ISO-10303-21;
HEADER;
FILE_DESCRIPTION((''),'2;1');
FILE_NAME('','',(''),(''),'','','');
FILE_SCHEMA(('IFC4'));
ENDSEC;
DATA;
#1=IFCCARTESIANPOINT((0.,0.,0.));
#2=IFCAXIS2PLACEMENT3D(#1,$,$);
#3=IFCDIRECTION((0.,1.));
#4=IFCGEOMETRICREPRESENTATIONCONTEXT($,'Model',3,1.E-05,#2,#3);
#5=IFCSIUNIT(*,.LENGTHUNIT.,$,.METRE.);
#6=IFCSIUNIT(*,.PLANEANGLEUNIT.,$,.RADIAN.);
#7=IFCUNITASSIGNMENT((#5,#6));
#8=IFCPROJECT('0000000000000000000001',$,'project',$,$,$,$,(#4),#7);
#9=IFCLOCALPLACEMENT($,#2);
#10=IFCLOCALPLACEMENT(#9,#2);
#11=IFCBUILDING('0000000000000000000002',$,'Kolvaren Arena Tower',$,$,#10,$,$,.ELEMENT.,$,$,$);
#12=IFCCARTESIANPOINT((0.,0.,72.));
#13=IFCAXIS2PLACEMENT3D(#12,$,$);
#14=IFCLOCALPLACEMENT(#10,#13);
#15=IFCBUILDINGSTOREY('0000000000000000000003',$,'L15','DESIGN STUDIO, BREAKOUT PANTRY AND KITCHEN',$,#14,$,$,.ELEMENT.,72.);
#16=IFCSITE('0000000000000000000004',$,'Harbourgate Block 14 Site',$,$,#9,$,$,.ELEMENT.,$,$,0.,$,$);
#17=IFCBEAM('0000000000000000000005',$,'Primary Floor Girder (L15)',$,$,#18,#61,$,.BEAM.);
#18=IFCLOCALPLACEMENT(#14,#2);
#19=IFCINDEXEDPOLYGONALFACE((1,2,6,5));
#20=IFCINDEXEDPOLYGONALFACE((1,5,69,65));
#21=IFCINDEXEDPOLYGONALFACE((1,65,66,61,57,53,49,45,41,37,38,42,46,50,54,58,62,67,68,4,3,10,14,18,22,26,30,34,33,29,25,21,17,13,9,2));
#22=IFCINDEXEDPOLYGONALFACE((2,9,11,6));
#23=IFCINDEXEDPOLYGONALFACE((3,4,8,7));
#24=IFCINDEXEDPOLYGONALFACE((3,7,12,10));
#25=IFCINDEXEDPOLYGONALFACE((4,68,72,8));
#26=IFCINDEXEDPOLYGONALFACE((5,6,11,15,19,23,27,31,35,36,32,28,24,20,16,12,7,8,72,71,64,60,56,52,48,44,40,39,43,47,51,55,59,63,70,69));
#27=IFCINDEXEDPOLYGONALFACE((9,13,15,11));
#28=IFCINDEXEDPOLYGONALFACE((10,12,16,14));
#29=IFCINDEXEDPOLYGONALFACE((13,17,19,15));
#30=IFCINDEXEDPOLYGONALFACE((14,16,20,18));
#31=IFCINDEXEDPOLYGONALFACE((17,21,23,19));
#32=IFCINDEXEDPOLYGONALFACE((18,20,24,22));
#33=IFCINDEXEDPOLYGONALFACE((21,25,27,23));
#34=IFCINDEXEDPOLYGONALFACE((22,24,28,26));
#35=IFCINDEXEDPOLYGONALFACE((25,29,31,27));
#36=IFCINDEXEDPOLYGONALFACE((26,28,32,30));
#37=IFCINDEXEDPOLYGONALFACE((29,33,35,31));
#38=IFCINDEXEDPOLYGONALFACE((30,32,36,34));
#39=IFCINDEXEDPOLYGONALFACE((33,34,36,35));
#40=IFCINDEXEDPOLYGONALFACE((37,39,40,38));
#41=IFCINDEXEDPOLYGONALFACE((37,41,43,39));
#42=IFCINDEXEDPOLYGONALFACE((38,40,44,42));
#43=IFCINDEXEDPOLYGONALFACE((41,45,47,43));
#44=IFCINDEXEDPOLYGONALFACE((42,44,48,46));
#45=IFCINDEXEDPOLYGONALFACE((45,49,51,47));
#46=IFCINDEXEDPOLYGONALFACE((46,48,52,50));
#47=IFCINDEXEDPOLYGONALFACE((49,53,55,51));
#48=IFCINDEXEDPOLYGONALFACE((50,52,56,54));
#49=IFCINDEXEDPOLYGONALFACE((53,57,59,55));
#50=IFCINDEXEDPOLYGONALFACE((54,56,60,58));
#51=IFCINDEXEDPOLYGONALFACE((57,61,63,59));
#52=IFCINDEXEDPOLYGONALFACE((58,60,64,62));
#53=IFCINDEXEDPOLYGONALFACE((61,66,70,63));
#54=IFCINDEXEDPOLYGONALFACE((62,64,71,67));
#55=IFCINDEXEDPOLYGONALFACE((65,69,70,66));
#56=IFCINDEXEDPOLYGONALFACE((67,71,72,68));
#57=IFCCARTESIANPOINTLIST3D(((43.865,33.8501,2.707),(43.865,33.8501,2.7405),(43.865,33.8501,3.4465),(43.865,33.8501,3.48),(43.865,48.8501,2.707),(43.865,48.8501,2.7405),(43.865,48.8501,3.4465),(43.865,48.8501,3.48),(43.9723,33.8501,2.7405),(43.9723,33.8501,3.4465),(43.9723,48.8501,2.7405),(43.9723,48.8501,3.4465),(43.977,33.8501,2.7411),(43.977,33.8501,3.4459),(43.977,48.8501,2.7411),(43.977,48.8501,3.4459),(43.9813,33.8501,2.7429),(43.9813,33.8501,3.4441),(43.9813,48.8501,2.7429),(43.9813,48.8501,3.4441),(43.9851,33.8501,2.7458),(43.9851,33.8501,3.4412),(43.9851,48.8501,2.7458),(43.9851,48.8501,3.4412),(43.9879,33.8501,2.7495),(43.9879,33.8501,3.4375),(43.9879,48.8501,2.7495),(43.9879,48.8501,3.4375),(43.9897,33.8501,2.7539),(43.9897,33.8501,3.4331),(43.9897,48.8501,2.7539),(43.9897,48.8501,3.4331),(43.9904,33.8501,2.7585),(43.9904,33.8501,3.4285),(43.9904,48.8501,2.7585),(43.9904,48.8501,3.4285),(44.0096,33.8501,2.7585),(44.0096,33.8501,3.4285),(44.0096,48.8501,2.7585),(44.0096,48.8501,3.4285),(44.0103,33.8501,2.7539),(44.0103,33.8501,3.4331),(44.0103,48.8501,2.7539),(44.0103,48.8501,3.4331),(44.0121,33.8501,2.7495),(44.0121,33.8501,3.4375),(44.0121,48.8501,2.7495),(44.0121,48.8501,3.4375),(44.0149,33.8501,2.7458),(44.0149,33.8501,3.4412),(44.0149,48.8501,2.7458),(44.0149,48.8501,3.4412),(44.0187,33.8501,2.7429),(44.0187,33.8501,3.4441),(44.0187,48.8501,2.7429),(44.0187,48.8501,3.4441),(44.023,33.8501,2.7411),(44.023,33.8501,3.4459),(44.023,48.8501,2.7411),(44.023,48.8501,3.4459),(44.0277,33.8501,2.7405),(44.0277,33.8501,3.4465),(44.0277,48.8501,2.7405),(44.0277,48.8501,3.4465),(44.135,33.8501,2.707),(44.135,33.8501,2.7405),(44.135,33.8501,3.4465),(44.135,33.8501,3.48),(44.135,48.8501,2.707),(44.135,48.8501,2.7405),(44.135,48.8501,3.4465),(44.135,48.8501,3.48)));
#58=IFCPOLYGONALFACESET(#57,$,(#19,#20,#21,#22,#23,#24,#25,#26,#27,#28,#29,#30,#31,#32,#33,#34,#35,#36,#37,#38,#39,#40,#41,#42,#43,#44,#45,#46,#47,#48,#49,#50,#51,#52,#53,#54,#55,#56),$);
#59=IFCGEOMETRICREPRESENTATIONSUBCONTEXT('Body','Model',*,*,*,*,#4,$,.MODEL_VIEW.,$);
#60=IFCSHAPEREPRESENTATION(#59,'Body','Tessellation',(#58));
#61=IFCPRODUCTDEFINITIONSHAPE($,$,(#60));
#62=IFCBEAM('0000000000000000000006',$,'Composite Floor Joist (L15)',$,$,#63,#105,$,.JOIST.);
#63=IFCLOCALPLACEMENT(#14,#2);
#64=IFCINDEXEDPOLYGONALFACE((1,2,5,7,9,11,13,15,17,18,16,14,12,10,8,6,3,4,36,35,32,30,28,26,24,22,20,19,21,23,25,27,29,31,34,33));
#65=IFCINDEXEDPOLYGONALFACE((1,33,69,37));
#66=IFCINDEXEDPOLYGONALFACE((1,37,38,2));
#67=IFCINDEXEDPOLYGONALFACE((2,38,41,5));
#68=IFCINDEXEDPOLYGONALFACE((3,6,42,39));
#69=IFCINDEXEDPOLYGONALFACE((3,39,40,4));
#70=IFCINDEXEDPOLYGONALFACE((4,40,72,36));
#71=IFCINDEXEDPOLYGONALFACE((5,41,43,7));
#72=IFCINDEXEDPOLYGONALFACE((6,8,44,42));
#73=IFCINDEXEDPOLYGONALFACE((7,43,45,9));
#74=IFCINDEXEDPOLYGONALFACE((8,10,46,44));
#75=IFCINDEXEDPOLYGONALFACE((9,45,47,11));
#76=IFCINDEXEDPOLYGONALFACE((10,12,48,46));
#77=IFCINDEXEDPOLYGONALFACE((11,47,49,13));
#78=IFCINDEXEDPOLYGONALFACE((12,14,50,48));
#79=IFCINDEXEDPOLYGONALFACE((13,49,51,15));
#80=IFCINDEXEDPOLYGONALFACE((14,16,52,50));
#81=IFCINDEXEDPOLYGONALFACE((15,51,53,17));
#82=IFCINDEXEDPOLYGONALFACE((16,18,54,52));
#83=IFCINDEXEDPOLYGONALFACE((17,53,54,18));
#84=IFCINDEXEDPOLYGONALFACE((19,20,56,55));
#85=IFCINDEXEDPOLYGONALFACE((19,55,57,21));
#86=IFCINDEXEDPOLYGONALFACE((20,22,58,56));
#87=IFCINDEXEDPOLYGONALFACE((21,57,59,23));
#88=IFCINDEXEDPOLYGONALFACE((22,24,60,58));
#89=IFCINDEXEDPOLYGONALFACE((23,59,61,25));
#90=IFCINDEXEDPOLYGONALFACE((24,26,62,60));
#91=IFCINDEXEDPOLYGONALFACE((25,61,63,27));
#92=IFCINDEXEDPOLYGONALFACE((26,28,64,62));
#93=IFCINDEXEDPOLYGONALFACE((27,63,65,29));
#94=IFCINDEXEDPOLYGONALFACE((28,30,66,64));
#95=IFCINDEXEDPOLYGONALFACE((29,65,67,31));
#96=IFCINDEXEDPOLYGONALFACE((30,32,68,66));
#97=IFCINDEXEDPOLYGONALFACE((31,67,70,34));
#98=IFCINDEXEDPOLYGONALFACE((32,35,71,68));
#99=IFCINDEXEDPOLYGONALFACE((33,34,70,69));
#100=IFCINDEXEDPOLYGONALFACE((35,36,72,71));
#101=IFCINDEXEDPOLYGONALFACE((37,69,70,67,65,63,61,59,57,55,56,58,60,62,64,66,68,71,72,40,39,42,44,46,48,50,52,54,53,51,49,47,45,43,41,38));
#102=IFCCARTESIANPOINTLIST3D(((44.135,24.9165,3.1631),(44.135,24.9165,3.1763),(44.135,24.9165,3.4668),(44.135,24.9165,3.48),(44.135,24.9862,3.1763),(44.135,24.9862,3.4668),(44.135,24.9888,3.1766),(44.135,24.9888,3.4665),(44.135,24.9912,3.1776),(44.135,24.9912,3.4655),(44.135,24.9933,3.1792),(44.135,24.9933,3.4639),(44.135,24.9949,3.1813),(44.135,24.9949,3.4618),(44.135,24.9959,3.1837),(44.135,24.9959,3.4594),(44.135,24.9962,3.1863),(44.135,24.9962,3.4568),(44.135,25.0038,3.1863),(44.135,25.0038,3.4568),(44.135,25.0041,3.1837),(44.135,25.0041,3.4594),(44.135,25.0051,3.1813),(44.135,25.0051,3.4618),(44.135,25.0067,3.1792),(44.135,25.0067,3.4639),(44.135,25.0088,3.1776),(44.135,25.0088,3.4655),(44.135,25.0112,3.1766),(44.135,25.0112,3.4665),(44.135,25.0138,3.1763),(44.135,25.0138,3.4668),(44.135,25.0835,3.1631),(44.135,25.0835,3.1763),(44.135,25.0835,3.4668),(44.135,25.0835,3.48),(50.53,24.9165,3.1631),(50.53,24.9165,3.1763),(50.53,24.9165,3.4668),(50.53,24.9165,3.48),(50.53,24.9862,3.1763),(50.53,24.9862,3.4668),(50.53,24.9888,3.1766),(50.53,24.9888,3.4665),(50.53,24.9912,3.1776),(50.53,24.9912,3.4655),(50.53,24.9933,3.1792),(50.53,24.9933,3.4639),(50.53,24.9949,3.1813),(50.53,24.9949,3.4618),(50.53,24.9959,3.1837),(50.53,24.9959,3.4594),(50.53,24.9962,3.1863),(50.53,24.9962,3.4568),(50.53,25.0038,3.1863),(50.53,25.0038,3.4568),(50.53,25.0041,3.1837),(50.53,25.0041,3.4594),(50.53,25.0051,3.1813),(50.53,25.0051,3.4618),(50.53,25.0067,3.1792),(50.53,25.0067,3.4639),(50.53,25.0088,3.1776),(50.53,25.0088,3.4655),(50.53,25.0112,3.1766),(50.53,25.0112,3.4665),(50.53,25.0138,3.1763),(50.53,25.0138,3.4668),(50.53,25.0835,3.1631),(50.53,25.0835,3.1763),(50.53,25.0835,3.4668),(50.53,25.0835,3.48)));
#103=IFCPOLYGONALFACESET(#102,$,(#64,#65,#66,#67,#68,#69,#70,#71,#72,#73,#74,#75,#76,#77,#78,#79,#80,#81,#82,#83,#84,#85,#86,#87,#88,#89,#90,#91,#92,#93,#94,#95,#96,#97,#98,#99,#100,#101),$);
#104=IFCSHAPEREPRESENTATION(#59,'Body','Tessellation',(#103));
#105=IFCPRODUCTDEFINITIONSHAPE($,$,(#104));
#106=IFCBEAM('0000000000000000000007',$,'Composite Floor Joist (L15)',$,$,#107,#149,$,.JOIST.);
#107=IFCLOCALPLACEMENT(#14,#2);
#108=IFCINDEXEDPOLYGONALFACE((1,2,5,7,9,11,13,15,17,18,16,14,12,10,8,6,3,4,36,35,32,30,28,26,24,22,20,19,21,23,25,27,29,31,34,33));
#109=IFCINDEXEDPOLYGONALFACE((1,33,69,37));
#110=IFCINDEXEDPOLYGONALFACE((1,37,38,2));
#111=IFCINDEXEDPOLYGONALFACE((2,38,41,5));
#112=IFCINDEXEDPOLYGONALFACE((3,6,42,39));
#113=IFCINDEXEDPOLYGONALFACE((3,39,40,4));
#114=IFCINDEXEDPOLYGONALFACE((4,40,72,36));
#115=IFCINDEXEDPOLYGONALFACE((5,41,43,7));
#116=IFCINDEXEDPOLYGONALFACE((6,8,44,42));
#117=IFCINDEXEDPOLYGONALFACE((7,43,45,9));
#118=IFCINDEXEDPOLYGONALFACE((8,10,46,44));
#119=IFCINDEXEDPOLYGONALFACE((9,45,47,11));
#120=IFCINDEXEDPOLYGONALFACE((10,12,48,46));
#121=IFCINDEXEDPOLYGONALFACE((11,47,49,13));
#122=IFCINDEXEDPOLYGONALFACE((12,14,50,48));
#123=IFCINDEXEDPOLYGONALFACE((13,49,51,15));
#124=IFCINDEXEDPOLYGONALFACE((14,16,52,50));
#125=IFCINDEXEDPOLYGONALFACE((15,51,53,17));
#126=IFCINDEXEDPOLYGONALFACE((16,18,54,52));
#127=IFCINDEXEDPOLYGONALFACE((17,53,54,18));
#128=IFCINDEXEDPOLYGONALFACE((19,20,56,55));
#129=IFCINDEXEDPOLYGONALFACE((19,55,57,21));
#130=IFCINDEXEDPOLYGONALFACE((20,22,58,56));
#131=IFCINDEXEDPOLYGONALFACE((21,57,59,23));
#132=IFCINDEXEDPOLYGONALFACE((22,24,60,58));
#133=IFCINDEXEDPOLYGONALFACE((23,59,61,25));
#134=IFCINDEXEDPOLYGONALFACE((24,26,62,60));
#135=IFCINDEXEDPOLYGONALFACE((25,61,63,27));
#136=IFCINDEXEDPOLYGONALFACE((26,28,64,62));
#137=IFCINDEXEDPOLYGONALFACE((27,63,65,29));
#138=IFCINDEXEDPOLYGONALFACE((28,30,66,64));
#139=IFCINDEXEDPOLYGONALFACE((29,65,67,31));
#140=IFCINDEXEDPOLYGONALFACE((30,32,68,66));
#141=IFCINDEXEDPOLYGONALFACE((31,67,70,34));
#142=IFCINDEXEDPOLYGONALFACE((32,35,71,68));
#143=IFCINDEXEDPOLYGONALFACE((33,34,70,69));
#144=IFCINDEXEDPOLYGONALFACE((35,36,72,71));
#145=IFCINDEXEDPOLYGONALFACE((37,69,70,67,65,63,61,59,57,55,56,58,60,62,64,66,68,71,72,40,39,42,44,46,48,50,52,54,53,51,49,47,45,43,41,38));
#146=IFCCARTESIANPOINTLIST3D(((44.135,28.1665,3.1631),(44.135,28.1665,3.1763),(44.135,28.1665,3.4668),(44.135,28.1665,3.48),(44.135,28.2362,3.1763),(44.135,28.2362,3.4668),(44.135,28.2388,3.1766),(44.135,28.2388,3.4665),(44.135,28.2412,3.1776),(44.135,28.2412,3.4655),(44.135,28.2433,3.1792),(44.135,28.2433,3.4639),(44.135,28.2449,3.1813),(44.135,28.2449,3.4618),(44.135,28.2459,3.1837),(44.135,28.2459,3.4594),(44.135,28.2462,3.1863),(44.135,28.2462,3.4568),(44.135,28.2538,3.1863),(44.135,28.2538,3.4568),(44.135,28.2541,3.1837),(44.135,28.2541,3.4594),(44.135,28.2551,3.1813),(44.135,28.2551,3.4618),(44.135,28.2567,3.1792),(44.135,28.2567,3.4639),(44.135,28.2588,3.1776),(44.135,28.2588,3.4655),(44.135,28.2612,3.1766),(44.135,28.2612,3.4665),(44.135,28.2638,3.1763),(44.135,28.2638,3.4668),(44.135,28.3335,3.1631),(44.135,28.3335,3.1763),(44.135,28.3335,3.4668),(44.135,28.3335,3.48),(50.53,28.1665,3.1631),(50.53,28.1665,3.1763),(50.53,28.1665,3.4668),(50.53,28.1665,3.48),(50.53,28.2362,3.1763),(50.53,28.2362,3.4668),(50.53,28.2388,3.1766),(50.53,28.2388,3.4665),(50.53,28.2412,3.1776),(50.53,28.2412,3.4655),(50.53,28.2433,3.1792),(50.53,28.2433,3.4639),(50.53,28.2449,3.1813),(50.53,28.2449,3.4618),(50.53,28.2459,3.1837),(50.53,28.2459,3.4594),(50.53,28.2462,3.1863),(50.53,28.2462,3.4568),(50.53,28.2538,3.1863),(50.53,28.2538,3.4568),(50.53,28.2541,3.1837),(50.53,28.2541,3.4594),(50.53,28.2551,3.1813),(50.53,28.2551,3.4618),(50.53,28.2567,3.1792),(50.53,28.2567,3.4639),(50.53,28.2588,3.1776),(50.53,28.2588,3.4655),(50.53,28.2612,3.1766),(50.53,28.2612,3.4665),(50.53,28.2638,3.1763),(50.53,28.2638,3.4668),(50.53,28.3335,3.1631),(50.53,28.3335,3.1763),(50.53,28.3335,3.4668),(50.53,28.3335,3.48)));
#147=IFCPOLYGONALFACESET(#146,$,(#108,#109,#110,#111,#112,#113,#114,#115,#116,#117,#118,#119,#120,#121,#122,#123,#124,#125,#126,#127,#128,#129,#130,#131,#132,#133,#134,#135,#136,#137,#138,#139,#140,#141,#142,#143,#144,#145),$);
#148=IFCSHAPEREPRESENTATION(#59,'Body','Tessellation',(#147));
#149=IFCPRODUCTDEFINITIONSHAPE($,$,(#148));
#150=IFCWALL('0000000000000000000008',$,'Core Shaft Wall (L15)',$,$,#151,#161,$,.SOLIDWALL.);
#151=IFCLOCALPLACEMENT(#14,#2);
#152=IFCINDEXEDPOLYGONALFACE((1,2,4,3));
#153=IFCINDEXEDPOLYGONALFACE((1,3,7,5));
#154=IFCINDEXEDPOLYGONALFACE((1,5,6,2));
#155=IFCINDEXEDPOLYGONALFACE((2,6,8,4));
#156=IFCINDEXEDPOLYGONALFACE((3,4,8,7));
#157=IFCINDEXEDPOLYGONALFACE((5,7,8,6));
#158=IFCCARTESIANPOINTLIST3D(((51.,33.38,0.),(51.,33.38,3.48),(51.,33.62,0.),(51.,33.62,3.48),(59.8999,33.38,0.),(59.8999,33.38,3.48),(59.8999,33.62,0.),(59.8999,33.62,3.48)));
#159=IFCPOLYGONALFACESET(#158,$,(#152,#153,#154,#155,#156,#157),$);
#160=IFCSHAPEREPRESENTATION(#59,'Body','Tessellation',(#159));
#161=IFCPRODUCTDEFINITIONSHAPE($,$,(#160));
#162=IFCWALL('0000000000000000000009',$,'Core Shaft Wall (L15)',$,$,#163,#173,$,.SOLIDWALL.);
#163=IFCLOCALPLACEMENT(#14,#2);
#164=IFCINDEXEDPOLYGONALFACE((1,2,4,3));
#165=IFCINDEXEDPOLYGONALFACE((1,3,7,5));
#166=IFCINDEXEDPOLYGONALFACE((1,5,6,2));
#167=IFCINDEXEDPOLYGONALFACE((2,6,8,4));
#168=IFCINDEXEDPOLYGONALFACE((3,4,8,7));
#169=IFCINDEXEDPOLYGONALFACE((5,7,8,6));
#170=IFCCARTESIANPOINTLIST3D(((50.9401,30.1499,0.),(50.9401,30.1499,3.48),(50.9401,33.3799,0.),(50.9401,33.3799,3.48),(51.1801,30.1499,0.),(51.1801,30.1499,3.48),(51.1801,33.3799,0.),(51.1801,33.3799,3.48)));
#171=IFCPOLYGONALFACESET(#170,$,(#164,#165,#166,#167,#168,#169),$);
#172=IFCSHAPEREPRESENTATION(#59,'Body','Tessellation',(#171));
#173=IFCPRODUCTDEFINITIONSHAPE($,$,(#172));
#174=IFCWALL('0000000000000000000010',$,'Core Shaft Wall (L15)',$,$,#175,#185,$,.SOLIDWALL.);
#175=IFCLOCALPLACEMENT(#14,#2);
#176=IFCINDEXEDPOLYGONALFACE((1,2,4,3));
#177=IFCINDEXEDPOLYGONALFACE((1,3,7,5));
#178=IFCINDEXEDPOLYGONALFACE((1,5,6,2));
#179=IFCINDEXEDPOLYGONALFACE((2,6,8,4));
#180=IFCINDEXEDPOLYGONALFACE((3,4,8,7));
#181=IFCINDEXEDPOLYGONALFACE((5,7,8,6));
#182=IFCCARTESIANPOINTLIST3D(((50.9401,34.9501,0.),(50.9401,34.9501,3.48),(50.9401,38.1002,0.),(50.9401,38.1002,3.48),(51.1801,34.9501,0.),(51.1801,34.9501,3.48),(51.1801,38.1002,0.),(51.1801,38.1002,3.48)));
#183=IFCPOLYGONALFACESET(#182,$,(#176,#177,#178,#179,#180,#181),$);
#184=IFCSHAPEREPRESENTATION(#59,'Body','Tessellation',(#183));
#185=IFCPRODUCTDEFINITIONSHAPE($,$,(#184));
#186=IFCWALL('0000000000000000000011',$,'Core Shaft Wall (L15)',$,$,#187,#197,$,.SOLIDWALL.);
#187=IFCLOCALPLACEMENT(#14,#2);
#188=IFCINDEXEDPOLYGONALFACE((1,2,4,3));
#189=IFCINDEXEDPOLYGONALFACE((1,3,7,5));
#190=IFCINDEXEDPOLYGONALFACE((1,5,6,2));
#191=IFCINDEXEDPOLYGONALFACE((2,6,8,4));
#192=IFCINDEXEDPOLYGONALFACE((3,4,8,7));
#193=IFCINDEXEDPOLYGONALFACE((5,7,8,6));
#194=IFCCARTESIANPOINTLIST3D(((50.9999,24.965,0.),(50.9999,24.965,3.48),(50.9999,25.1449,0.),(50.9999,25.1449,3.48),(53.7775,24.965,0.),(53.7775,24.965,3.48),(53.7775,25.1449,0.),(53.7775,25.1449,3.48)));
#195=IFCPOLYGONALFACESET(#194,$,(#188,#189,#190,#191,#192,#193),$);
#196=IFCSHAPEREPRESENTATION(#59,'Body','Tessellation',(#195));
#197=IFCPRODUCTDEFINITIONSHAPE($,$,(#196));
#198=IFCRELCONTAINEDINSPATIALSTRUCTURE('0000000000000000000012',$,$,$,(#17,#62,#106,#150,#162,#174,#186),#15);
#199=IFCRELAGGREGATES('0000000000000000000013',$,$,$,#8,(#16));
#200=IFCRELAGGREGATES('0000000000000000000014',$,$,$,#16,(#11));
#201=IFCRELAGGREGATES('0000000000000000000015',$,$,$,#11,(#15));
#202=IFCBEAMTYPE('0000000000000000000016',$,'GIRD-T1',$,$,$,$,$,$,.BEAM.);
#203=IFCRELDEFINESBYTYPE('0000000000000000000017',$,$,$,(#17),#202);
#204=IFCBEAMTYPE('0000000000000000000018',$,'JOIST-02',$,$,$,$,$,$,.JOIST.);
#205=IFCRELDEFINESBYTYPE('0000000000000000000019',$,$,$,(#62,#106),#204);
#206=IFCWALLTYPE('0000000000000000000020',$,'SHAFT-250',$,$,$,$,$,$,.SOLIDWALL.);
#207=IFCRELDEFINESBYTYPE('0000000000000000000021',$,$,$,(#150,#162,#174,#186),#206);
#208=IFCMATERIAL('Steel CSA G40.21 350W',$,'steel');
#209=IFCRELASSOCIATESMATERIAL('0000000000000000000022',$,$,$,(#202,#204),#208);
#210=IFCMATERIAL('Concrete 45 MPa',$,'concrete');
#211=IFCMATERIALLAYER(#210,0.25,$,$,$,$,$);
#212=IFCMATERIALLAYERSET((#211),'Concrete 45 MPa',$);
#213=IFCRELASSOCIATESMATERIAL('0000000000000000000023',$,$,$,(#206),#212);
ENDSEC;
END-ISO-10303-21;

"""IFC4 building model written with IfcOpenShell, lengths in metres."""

from ifc_helpers import new_model, si_unit, direction, frame, frame_2d, origin, origin_2d, place, context, subcontext, project, spatial, rectangle, i_section, extrude, material, layer, layer_set, material_profile, profile_set, type_object, element, save


model = new_model("IFC4")

# Units and contexts
model_context = context("Model", 3, precision=1e-05, world=origin(), true_north=direction((0.0, 1.0)))
body_context = subcontext(model_context, "Body", "Model", "MODEL_VIEW")
ifc_project = project(units=[si_unit("LENGTHUNIT", "METRE"), si_unit("PLANEANGLEUNIT", "RADIAN")], contexts=[model_context])

# Site, building, storey
site_placement = place(None, origin())
site = spatial("IfcSite", under=ifc_project, at=site_placement, Name="Harbourgate Block 14 Site", CompositionType="ELEMENT", RefElevation=0.0)
building_placement = place(site_placement, origin())
building = spatial("IfcBuilding", under=site, at=building_placement, Name="Kolvaren Arena Tower", CompositionType="ELEMENT")
storey_placement = place(building_placement, frame((0.0, 0.0, 72.0)))
storey = spatial("IfcBuildingStorey", under=building, at=storey_placement, Name="L15", Description="DESIGN STUDIO, BREAKOUT PANTRY AND KITCHEN", CompositionType="ELEMENT", Elevation=72.0)

# Beams
ifc_material_1 = material(Name="Steel CSA G40.21 350W", Category="steel")
ifc_material_profile_1 = material_profile(ifc_material_1, i_section(OverallWidth=0.27, OverallDepth=0.7729, WebThickness=0.0193, FlangeThickness=0.0334, FilletRadius=0.0181, at=origin_2d()), Name="W760x257")
ifc_profile_set_1 = profile_set([ifc_material_profile_1], Name="Steel CSA G40.21 350W")
beam_type_1 = type_object("IfcBeamType", Name="GIRD-T1", PredefinedType="BEAM", material=ifc_profile_set_1)
beam_1_placement = place(storey_placement, frame((44.0, 33.8501, 3.0935), z_axis=(0.0, 1.0, 0.0), x_axis=(-1.0, 0.0, 0.0)))
element("IfcBeam", 1, at=beam_1_placement, inside=storey, type_object=beam_type_1, Name="Primary Floor Girder (L15)", PredefinedType="BEAM", context=body_context, shape_type="SweptSolid", body=[
    extrude(i_section(OverallWidth=0.27, OverallDepth=0.7729, WebThickness=0.0193, FlangeThickness=0.0334, FilletRadius=0.0181, at=origin_2d()), origin(), (0.0, 0.0, 1.0), 15.0),
])
ifc_material_profile_2 = material_profile(ifc_material_1, i_section(OverallWidth=0.167, OverallDepth=0.3169, WebThickness=0.0076, FlangeThickness=0.0132, FilletRadius=0.01, at=origin_2d()), Name="W310x52")
ifc_profile_set_2 = profile_set([ifc_material_profile_2], Name="Steel CSA G40.21 350W")
beam_type_2 = type_object("IfcBeamType", Name="JOIST-02", PredefinedType="JOIST", material=ifc_profile_set_2)
for number, where, z_axis, x_axis, name in (
    (2, (44.135, 25.0, 3.3215), (1.0, 0.0, 0.0), (0.0, 1.0, 0.0), "Composite Floor Joist (L15)"),
    (3, (44.135, 28.25, 3.3215), (1.0, 0.0, 0.0), (0.0, 1.0, 0.0), "Composite Floor Joist (L15)"),
):
    element("IfcBeam", number, at=place(storey_placement, frame(where, z_axis=z_axis, x_axis=x_axis)), inside=storey, type_object=beam_type_2, Name=name, PredefinedType="JOIST", context=body_context, shape_type="SweptSolid", body=[
        extrude(i_section(OverallWidth=0.167, OverallDepth=0.3169, WebThickness=0.0076, FlangeThickness=0.0132, FilletRadius=0.01, at=origin_2d()), origin(), (0.0, 0.0, 1.0), 6.395),
    ])

# Walls
ifc_material_2 = material(Name="Concrete 45 MPa", Category="concrete")
ifc_layer = layer(ifc_material_2, 0.25)
ifc_layer_set = layer_set([ifc_layer], Name="Concrete 45 MPa")
wall_type = type_object("IfcWallType", Name="SHAFT-250", PredefinedType="SOLIDWALL", material=ifc_layer_set)
wall_1_placement = place(storey_placement, frame((51.0, 33.5, 0.0), z_axis=(0.0, 0.0, 1.0), x_axis=(1.0, 0.0, 0.0)))
element("IfcWall", 4, at=wall_1_placement, inside=storey, type_object=wall_type, Name="Core Shaft Wall (L15)", PredefinedType="SOLIDWALL", context=body_context, shape_type="SweptSolid", body=[
    extrude(rectangle(XDim=8.8999, YDim=0.24, at=frame_2d((4.45, 0.0))), origin(), (0.0, 0.0, 1.0), 3.48),
])
wall_2_placement = place(storey_placement, frame((51.0601, 30.1499, 0.0), z_axis=(0.0, 0.0, 1.0), x_axis=(0.0, 1.0, 0.0)))
element("IfcWall", 5, at=wall_2_placement, inside=storey, type_object=wall_type, Name="Core Shaft Wall (L15)", PredefinedType="SOLIDWALL", context=body_context, shape_type="SweptSolid", body=[
    extrude(rectangle(XDim=3.23, YDim=0.24, at=frame_2d((1.615, 0.0))), origin(), (0.0, 0.0, 1.0), 3.48),
])
wall_3_placement = place(storey_placement, frame((51.0601, 34.95, 0.0), z_axis=(0.0, 0.0, 1.0), x_axis=(0.0, 1.0, 0.0)))
element("IfcWall", 6, at=wall_3_placement, inside=storey, type_object=wall_type, Name="Core Shaft Wall (L15)", PredefinedType="SOLIDWALL", context=body_context, shape_type="SweptSolid", body=[
    extrude(rectangle(XDim=3.1501, YDim=0.24, at=frame_2d((1.5752, 0.0))), origin(), (0.0, 0.0, 1.0), 3.48),
])
wall_4_placement = place(storey_placement, frame((51.0, 25.0549, 0.0), z_axis=(0.0, 0.0, 1.0), x_axis=(1.0, 0.0, 0.0)))
element("IfcWall", 7, at=wall_4_placement, inside=storey, type_object=wall_type, Name="Core Shaft Wall (L15)", PredefinedType="SOLIDWALL", context=body_context, shape_type="SweptSolid", body=[
    extrude(rectangle(XDim=2.7776, YDim=0.1799, at=frame_2d((1.3887, 0.0))), origin(), (0.0, 0.0, 1.0), 3.48),
])

save(model, "model.ifc")
